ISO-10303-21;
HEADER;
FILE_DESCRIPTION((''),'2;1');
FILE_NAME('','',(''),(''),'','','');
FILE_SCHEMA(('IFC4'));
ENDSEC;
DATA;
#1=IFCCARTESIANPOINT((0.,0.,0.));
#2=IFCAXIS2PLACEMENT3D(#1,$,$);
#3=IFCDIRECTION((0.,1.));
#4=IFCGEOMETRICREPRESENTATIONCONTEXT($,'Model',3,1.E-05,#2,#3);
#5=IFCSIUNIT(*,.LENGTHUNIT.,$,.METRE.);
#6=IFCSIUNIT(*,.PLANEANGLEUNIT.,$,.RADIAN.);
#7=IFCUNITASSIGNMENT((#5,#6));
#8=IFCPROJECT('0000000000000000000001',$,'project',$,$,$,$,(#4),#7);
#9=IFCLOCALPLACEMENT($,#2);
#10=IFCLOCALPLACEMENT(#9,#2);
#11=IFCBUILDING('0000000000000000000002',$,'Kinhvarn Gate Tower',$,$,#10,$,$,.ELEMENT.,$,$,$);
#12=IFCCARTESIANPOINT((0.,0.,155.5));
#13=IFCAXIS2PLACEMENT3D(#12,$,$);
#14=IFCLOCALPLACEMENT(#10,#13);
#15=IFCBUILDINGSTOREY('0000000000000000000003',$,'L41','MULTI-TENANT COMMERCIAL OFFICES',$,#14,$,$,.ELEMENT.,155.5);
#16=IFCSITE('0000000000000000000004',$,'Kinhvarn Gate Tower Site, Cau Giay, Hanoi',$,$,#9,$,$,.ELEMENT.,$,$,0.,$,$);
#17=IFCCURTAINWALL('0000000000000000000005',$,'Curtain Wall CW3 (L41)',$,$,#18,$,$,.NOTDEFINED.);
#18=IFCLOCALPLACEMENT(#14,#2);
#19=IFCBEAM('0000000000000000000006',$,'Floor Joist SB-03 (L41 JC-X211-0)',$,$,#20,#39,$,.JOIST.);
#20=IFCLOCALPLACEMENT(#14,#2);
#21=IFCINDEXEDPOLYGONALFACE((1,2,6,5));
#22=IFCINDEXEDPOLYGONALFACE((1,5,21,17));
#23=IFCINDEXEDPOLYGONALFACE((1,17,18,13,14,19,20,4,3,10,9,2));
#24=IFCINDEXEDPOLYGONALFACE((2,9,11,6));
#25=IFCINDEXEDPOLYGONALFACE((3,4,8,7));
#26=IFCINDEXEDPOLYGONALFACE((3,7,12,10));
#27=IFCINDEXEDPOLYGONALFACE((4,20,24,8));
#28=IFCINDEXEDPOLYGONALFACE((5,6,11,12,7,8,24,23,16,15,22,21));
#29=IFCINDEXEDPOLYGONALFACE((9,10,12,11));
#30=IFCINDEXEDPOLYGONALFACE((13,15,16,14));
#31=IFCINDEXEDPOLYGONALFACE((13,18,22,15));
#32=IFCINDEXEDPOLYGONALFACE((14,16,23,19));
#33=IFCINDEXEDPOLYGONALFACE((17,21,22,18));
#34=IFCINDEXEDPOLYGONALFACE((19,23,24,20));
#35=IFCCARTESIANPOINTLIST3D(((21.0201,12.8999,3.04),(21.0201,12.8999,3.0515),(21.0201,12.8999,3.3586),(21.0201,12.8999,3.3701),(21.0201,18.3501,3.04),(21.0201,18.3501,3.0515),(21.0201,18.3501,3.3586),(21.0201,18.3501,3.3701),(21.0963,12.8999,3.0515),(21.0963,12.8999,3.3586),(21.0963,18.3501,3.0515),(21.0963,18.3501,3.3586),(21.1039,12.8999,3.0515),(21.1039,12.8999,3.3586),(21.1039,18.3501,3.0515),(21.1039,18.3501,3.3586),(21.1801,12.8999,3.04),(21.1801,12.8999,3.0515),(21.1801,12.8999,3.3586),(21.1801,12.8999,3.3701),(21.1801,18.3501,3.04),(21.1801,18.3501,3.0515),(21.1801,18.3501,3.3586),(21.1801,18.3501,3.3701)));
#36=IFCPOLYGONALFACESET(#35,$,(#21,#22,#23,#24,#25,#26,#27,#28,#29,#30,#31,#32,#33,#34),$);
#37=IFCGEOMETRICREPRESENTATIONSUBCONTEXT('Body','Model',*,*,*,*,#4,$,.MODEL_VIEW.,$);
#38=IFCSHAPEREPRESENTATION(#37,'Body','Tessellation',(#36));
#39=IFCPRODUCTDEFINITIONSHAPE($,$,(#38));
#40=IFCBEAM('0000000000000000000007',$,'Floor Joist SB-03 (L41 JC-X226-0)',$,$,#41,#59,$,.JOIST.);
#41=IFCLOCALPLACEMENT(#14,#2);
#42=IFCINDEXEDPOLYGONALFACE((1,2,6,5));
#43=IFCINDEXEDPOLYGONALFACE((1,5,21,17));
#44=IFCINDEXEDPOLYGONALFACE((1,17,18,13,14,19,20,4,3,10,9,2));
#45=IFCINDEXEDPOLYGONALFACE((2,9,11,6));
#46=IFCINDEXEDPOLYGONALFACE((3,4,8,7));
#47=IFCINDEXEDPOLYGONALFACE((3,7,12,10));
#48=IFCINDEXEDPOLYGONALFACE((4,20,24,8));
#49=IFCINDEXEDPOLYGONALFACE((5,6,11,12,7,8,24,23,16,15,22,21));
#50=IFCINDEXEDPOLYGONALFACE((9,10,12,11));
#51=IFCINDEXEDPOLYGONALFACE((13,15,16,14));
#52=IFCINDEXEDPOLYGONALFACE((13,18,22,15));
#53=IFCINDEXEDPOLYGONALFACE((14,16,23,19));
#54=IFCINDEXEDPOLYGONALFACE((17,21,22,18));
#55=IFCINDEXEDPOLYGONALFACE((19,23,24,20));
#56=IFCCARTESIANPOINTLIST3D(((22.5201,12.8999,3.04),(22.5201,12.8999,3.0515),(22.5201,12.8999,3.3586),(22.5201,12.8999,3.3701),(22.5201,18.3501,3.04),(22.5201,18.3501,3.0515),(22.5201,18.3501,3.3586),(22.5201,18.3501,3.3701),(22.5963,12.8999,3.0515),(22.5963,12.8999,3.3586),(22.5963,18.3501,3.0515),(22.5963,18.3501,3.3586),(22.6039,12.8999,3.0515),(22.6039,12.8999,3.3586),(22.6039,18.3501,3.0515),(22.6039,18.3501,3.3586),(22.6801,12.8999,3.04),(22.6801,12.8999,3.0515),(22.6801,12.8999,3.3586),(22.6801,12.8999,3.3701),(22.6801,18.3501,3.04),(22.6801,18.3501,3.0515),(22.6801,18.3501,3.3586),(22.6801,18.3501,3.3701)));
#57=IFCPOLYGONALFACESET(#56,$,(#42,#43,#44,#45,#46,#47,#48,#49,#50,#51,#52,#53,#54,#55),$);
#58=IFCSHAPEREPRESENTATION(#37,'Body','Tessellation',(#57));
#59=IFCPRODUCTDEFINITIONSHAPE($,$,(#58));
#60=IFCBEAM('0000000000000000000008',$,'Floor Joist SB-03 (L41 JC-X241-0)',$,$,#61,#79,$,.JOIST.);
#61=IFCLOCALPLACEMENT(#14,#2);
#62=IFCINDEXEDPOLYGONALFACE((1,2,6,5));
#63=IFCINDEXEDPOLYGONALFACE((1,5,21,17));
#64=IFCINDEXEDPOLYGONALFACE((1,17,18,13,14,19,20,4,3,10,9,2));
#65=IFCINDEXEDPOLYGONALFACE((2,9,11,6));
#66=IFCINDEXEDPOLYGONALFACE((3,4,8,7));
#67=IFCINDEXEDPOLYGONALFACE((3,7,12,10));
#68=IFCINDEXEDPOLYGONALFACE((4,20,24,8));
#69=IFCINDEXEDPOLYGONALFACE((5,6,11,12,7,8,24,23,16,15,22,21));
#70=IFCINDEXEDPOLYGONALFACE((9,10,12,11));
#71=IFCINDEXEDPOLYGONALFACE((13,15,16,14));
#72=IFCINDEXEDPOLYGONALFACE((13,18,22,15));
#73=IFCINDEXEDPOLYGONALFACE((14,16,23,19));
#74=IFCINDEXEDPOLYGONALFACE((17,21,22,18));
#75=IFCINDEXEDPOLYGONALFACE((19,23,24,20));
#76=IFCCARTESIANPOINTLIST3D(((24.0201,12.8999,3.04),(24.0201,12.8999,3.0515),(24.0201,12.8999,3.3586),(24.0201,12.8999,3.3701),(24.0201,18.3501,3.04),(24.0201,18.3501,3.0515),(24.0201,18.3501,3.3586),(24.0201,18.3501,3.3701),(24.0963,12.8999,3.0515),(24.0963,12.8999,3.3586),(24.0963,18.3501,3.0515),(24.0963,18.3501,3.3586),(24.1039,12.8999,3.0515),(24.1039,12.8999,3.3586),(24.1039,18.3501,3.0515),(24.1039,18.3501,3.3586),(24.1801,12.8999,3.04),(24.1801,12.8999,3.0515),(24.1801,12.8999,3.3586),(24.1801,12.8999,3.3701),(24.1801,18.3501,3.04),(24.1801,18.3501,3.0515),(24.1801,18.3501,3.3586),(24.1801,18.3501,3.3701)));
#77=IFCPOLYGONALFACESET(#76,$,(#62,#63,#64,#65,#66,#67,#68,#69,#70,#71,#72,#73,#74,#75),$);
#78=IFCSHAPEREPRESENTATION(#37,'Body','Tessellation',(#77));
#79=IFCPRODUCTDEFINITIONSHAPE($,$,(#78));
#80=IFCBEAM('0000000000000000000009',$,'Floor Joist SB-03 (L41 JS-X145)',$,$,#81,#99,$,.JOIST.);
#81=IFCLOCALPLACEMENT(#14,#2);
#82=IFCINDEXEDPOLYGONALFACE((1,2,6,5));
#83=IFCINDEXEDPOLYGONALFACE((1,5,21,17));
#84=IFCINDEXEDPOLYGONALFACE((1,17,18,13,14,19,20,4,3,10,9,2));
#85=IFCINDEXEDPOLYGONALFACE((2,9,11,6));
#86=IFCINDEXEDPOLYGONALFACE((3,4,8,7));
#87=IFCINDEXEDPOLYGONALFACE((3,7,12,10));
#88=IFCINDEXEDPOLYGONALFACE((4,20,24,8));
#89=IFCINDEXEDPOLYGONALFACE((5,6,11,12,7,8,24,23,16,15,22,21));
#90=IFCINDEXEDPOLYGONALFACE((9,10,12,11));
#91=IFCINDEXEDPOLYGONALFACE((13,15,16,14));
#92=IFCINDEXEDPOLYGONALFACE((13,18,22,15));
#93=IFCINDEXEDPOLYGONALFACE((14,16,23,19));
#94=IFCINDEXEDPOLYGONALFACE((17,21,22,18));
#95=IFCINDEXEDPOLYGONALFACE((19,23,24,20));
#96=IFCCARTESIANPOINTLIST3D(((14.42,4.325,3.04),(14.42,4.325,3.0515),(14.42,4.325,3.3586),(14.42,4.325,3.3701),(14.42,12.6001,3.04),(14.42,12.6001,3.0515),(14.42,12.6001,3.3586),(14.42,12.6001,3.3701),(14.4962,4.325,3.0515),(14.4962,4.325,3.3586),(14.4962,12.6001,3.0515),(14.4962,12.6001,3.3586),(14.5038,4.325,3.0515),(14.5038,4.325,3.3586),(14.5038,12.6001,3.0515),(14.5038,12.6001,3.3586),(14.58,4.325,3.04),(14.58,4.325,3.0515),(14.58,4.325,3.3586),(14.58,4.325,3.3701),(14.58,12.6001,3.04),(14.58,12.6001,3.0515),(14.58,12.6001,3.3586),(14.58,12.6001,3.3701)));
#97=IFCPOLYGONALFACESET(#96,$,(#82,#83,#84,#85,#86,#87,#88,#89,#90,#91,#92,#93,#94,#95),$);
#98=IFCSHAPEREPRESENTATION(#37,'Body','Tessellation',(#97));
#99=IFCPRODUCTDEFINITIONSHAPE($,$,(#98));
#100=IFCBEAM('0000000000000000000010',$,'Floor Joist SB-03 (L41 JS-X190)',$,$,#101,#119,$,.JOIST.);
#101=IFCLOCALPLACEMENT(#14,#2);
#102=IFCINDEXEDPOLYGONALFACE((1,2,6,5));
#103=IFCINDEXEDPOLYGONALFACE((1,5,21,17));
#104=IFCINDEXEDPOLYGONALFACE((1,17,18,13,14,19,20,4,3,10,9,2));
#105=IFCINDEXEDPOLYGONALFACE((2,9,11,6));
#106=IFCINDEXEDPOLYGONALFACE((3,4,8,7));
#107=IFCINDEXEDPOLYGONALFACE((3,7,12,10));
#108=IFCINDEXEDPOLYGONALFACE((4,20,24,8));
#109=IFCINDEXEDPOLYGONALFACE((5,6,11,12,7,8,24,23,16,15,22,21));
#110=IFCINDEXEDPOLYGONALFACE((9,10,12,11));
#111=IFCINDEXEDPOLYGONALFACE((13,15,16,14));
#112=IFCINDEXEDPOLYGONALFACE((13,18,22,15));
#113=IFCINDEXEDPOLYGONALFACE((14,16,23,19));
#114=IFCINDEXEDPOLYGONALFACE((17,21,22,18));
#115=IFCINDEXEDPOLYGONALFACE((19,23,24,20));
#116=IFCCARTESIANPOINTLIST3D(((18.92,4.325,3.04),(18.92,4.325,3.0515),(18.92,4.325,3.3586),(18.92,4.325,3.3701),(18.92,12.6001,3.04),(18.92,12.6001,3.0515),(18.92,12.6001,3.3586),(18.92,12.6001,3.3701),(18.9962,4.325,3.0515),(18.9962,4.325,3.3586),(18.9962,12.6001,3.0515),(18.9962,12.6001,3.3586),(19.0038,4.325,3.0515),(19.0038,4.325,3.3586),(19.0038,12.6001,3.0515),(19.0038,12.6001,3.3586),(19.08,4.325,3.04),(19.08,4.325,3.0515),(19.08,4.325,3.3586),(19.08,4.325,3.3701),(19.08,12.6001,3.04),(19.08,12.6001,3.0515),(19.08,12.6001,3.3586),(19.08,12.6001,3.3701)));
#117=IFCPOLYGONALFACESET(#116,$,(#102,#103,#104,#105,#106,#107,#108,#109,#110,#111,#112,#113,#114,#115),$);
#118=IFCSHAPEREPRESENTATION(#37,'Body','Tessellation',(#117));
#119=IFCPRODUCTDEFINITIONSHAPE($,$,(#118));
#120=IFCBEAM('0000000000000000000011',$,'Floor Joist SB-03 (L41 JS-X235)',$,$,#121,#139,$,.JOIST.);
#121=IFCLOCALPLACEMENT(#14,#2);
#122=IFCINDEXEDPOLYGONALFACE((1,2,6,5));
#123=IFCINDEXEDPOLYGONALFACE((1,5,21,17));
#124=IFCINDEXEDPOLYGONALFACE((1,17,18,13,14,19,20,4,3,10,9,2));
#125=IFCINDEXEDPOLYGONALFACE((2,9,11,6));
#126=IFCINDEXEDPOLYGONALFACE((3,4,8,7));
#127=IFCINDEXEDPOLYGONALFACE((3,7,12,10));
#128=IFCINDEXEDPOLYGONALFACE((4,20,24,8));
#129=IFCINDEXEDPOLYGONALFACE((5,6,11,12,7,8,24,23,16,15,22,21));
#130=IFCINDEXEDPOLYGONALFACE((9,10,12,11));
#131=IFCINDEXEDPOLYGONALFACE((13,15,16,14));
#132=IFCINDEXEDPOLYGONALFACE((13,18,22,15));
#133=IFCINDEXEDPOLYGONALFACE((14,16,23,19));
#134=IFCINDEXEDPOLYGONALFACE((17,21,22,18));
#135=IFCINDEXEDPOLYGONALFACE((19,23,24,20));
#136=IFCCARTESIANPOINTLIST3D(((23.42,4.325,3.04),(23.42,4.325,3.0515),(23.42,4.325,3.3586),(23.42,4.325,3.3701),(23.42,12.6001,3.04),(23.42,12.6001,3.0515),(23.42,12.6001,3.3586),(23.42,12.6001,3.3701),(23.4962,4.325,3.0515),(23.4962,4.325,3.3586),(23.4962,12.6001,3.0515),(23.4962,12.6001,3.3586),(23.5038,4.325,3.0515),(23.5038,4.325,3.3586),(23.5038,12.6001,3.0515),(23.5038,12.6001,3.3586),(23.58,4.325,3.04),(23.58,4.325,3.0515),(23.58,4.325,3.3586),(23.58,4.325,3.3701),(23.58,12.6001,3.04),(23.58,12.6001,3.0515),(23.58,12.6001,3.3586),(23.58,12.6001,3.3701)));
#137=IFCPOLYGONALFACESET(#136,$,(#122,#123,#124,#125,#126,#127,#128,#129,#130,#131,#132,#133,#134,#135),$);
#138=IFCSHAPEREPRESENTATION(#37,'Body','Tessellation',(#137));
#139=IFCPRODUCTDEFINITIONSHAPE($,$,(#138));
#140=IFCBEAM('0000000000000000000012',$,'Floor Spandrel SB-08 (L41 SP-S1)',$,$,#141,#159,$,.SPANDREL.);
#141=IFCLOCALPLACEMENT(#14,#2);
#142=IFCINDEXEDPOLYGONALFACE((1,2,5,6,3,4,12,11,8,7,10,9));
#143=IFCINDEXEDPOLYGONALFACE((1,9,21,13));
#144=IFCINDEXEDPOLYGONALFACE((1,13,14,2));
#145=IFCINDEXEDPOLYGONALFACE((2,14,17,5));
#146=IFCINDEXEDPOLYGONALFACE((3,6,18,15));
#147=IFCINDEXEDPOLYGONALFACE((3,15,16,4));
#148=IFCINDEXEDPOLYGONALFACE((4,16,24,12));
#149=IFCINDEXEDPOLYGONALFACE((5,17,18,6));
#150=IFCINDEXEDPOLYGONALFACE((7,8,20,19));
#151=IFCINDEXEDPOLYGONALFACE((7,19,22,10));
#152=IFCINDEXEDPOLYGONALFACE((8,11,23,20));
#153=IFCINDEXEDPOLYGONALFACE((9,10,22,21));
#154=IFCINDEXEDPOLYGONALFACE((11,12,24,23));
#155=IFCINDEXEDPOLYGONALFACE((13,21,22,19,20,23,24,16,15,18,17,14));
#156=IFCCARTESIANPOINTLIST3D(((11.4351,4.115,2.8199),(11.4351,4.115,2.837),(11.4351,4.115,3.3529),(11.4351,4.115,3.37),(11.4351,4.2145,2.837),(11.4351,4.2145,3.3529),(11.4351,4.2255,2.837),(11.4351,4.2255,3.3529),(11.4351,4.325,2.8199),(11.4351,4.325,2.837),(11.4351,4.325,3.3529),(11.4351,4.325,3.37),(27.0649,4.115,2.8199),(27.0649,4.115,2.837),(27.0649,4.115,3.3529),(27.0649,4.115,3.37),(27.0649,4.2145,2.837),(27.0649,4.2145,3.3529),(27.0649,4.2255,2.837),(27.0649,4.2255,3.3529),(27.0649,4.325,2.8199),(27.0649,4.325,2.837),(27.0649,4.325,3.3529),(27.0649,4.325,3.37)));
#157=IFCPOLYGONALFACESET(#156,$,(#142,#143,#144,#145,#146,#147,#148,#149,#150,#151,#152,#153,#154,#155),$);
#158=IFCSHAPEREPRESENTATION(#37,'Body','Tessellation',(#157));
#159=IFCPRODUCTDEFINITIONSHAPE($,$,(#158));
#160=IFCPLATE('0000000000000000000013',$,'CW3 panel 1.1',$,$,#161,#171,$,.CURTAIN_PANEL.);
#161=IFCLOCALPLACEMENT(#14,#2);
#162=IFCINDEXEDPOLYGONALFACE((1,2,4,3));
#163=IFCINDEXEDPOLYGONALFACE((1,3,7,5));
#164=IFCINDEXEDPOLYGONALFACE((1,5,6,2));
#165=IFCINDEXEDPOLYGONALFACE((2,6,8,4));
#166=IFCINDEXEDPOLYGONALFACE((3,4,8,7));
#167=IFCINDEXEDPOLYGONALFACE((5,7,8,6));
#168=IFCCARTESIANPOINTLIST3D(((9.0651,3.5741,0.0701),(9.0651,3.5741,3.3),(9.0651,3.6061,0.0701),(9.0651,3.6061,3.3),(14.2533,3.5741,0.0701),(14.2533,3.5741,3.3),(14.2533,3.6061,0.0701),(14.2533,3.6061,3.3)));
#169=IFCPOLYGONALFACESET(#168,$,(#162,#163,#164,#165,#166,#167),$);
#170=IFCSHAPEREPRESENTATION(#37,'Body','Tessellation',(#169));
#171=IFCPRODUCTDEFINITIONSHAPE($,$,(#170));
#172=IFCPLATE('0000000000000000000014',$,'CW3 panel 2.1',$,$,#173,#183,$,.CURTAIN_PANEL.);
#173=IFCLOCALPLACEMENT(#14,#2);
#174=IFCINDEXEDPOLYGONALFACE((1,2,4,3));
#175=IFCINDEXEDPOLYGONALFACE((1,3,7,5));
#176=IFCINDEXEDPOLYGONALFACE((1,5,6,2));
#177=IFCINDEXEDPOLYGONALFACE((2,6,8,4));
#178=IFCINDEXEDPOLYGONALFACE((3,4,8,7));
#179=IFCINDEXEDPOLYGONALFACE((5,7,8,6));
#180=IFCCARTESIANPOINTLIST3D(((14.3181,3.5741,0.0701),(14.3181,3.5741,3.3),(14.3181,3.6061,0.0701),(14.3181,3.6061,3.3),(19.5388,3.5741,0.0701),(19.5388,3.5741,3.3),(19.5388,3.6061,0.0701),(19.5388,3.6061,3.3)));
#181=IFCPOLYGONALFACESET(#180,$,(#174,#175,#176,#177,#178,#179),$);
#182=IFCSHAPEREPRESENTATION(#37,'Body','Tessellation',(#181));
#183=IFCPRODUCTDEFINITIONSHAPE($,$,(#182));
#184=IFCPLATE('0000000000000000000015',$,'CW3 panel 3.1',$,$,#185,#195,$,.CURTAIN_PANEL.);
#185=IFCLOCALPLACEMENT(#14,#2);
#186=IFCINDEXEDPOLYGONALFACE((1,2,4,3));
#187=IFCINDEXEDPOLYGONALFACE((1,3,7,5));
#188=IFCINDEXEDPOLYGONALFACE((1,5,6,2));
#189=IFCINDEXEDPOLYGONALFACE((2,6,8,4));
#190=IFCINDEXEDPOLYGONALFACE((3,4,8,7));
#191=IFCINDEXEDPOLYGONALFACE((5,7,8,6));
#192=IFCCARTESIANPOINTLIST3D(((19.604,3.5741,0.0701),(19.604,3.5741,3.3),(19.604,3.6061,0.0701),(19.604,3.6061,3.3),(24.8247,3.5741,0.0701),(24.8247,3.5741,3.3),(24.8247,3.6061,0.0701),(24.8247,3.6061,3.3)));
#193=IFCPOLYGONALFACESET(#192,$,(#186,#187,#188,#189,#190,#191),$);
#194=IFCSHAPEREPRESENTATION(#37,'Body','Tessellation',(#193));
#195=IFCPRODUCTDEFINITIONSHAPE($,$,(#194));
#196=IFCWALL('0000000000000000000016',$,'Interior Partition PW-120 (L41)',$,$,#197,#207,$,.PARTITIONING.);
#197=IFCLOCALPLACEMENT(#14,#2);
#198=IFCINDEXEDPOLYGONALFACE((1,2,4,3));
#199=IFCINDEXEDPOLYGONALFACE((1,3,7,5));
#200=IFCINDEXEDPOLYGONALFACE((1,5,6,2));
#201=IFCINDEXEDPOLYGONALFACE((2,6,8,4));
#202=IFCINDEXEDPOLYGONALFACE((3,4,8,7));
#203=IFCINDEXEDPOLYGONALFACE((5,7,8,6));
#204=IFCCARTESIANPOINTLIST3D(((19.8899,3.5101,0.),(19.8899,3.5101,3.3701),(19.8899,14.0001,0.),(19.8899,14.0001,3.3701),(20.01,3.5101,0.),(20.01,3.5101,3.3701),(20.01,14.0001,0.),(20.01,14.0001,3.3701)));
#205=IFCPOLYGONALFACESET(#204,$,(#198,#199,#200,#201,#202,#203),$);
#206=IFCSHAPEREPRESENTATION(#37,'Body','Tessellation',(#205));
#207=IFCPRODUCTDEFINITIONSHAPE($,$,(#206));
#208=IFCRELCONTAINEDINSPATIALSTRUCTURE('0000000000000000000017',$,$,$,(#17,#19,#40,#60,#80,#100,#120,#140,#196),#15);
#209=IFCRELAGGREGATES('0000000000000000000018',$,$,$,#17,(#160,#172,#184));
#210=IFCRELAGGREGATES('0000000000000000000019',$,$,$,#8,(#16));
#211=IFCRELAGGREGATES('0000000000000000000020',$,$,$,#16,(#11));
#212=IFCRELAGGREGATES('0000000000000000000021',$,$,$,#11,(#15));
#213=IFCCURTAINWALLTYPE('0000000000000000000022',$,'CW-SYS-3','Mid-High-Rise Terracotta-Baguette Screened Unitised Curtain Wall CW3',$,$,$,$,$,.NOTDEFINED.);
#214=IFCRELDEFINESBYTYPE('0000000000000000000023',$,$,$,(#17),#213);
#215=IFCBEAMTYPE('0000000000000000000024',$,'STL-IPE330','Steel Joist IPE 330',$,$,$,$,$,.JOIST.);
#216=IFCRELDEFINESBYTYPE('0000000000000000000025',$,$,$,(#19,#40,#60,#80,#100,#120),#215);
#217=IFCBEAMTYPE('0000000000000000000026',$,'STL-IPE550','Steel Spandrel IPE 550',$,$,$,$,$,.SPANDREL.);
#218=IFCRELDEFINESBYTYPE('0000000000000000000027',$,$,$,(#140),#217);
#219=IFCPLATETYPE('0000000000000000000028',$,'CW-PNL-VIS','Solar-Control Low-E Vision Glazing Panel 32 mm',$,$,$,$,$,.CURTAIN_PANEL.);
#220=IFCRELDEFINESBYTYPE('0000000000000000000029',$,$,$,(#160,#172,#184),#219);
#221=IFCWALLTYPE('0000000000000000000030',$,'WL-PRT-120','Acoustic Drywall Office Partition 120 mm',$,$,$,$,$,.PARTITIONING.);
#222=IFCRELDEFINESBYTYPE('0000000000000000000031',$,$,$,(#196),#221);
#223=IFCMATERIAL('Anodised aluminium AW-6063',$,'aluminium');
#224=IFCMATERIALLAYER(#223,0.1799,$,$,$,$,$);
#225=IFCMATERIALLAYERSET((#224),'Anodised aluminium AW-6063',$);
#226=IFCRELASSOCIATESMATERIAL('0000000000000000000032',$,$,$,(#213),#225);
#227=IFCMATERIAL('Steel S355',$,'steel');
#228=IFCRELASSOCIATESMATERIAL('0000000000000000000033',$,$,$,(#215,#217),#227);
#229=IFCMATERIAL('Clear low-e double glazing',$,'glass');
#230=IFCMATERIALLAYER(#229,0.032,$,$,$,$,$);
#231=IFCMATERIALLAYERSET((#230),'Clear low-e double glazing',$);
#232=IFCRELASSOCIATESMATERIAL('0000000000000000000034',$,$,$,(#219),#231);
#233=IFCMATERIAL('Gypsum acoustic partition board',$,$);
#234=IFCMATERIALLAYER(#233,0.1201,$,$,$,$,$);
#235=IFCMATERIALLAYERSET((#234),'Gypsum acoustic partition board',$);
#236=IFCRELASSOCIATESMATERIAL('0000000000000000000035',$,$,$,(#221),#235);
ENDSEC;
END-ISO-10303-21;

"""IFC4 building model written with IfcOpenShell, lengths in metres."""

from ifc_helpers import new_model, si_unit, direction, frame, frame_2d, origin, origin_2d, place, context, subcontext, project, spatial, rectangle, i_section, extrude, material, layer, layer_set, material_profile, profile_set, type_object, element, aggregate, save


model = new_model("IFC4")

# Units and contexts
model_context = context("Model", 3, precision=1e-05, world=origin(), true_north=direction((0.0, 1.0)))
body_context = subcontext(model_context, "Body", "Model", "MODEL_VIEW")
ifc_project = project(units=[si_unit("LENGTHUNIT", "METRE"), si_unit("PLANEANGLEUNIT", "RADIAN")], contexts=[model_context])

# Site, building, storey
site_placement = place(None, origin())
site = spatial("IfcSite", under=ifc_project, at=site_placement, Name="Kinhvarn Gate Tower Site, Cau Giay, Hanoi", CompositionType="ELEMENT", RefElevation=0.0)
building_placement = place(site_placement, origin())
building = spatial("IfcBuilding", under=site, at=building_placement, Name="Kinhvarn Gate Tower", CompositionType="ELEMENT")
storey_placement = place(building_placement, frame((0.0, 0.0, 155.5)))
storey = spatial("IfcBuildingStorey", under=building, at=storey_placement, Name="L41", Description="MULTI-TENANT COMMERCIAL OFFICES", CompositionType="ELEMENT", Elevation=155.5)

# Curtain wall
ifc_material_1 = material(Name="Anodised aluminium AW-6063", Category="aluminium")
ifc_layer_1 = layer(ifc_material_1, 0.1799)
ifc_layer_set_1 = layer_set([ifc_layer_1], Name="Anodised aluminium AW-6063")
curtain_wall_type = type_object("IfcCurtainWallType", Name="CW-SYS-3", Description="Mid-High-Rise Terracotta-Baguette Screened Unitised Curtain Wall CW3", PredefinedType="NOTDEFINED", material=ifc_layer_set_1)
curtain_wall_placement = place(storey_placement, origin())
curtain_wall = element("IfcCurtainWall", 1, at=curtain_wall_placement, inside=storey, type_object=curtain_wall_type, Name="Curtain Wall CW3 (L41)", PredefinedType="NOTDEFINED")

# Beams
ifc_material_2 = material(Name="Steel S355", Category="steel")
ifc_material_profile_1 = material_profile(ifc_material_2, i_section(OverallWidth=0.1599, OverallDepth=0.3301, WebThickness=0.0076, FlangeThickness=0.0115, at=origin_2d()), Name="IPE 330")
ifc_profile_set_1 = profile_set([ifc_material_profile_1], Name="Steel S355")
beam_type_1 = type_object("IfcBeamType", Name="STL-IPE330", Description="Steel Joist IPE 330", PredefinedType="JOIST", material=ifc_profile_set_1)
for number, where, z_axis, x_axis, name in (
    (2, (21.1001, 12.8999, 3.2051), (0.0, 1.0, 0.0), (-1.0, 0.0, 0.0), "Floor Joist SB-03 (L41 JC-X211-0)"),
    (3, (22.6001, 12.8999, 3.2051), (0.0, 1.0, 0.0), (-1.0, 0.0, 0.0), "Floor Joist SB-03 (L41 JC-X226-0)"),
    (4, (24.1001, 12.8999, 3.2051), (0.0, 1.0, 0.0), (-1.0, 0.0, 0.0), "Floor Joist SB-03 (L41 JC-X241-0)"),
):
    element("IfcBeam", number, at=place(storey_placement, frame(where, z_axis=z_axis, x_axis=x_axis)), inside=storey, type_object=beam_type_1, Name=name, PredefinedType="JOIST", context=body_context, shape_type="SweptSolid", body=[
        extrude(i_section(OverallWidth=0.1599, OverallDepth=0.3301, WebThickness=0.0076, FlangeThickness=0.0115, at=origin_2d()), origin(), (0.0, 0.0, 1.0), 5.4502),
    ])
for number, where, z_axis, x_axis, name in (
    (5, (14.5, 4.325, 3.2051), (0.0, 1.0, 0.0), (-1.0, 0.0, 0.0), "Floor Joist SB-03 (L41 JS-X145)"),
    (6, (19.0, 4.325, 3.2051), (0.0, 1.0, 0.0), (-1.0, 0.0, 0.0), "Floor Joist SB-03 (L41 JS-X190)"),
    (7, (23.5, 4.325, 3.2051), (0.0, 1.0, 0.0), (-1.0, 0.0, 0.0), "Floor Joist SB-03 (L41 JS-X235)"),
):
    element("IfcBeam", number, at=place(storey_placement, frame(where, z_axis=z_axis, x_axis=x_axis)), inside=storey, type_object=beam_type_1, Name=name, PredefinedType="JOIST", context=body_context, shape_type="SweptSolid", body=[
        extrude(i_section(OverallWidth=0.1599, OverallDepth=0.3301, WebThickness=0.0076, FlangeThickness=0.0115, at=origin_2d()), origin(), (0.0, 0.0, 1.0), 8.2751),
    ])
ifc_material_profile_2 = material_profile(ifc_material_2, i_section(OverallWidth=0.21, OverallDepth=0.55, WebThickness=0.011, FlangeThickness=0.0171, at=origin_2d()), Name="IPE 550")
ifc_profile_set_2 = profile_set([ifc_material_profile_2], Name="Steel S355")
beam_type_2 = type_object("IfcBeamType", Name="STL-IPE550", Description="Steel Spandrel IPE 550", PredefinedType="SPANDREL", material=ifc_profile_set_2)
beam_1_placement = place(storey_placement, frame((11.4351, 4.22, 3.095), z_axis=(1.0, 0.0, 0.0), x_axis=(0.0, 1.0, 0.0)))
element("IfcBeam", 8, at=beam_1_placement, inside=storey, type_object=beam_type_2, Name="Floor Spandrel SB-08 (L41 SP-S1)", PredefinedType="SPANDREL", context=body_context, shape_type="SweptSolid", body=[
    extrude(i_section(OverallWidth=0.21, OverallDepth=0.55, WebThickness=0.011, FlangeThickness=0.0171, at=origin_2d()), origin(), (0.0, 0.0, 1.0), 15.6299),
])

# Plates
ifc_material_3 = material(Name="Clear low-e double glazing", Category="glass")
ifc_layer_2 = layer(ifc_material_3, 0.032)
ifc_layer_set_2 = layer_set([ifc_layer_2], Name="Clear low-e double glazing")
plate_type = type_object("IfcPlateType", Name="CW-PNL-VIS", Description="Solar-Control Low-E Vision Glazing Panel 32 mm", PredefinedType="CURTAIN_PANEL", material=ifc_layer_set_2)
plate_1_placement = place(storey_placement, frame((11.6592, 3.5901, 0.0701), z_axis=(0.0, 0.0, 1.0), x_axis=(1.0, 0.0, 0.0)))
plate_1 = element("IfcPlate", 9, at=plate_1_placement, type_object=plate_type, Name="CW3 panel 1.1", PredefinedType="CURTAIN_PANEL", context=body_context, shape_type="SweptSolid", body=[
    extrude(rectangle(XDim=5.1882, YDim=0.032, at=origin_2d()), origin(), (0.0, 0.0, 1.0), 3.23),
])
plate_2_placement = place(storey_placement, frame((16.9285, 3.5901, 0.0701), z_axis=(0.0, 0.0, 1.0), x_axis=(1.0, 0.0, 0.0)))
plate_2 = element("IfcPlate", 10, at=plate_2_placement, type_object=plate_type, Name="CW3 panel 2.1", PredefinedType="CURTAIN_PANEL", context=body_context, shape_type="SweptSolid", body=[
    extrude(rectangle(XDim=5.2207, YDim=0.032, at=origin_2d()), origin(), (0.0, 0.0, 1.0), 3.23),
])
plate_3_placement = place(storey_placement, frame((22.2144, 3.5901, 0.0701), z_axis=(0.0, 0.0, 1.0), x_axis=(1.0, 0.0, 0.0)))
plate_3 = element("IfcPlate", 11, at=plate_3_placement, type_object=plate_type, Name="CW3 panel 3.1", PredefinedType="CURTAIN_PANEL", context=body_context, shape_type="SweptSolid", body=[
    extrude(rectangle(XDim=5.2207, YDim=0.032, at=origin_2d()), origin(), (0.0, 0.0, 1.0), 3.23),
])
aggregate(curtain_wall, [plate_1, plate_2, plate_3])

# Wall
ifc_material_4 = material(Name="Gypsum acoustic partition board")
ifc_layer_3 = layer(ifc_material_4, 0.1201)
ifc_layer_set_3 = layer_set([ifc_layer_3], Name="Gypsum acoustic partition board")
wall_type_1 = type_object("IfcWallType", Name="WL-PRT-120", Description="Acoustic Drywall Office Partition 120 mm", PredefinedType="PARTITIONING", material=ifc_layer_set_3)
wall_1_placement = place(storey_placement, frame((19.95, 3.51, 0.0), z_axis=(0.0, 0.0, 1.0), x_axis=(0.0, 1.0, 0.0)))
element("IfcWall", 12, at=wall_1_placement, inside=storey, type_object=wall_type_1, Name="Interior Partition PW-120 (L41)", PredefinedType="PARTITIONING", context=body_context, shape_type="SweptSolid", body=[
    extrude(rectangle(XDim=10.49, YDim=0.1201, at=frame_2d((5.2451, 0.0))), origin(), (0.0, 0.0, 1.0), 3.3701),
])

save(model, "model.ifc")
